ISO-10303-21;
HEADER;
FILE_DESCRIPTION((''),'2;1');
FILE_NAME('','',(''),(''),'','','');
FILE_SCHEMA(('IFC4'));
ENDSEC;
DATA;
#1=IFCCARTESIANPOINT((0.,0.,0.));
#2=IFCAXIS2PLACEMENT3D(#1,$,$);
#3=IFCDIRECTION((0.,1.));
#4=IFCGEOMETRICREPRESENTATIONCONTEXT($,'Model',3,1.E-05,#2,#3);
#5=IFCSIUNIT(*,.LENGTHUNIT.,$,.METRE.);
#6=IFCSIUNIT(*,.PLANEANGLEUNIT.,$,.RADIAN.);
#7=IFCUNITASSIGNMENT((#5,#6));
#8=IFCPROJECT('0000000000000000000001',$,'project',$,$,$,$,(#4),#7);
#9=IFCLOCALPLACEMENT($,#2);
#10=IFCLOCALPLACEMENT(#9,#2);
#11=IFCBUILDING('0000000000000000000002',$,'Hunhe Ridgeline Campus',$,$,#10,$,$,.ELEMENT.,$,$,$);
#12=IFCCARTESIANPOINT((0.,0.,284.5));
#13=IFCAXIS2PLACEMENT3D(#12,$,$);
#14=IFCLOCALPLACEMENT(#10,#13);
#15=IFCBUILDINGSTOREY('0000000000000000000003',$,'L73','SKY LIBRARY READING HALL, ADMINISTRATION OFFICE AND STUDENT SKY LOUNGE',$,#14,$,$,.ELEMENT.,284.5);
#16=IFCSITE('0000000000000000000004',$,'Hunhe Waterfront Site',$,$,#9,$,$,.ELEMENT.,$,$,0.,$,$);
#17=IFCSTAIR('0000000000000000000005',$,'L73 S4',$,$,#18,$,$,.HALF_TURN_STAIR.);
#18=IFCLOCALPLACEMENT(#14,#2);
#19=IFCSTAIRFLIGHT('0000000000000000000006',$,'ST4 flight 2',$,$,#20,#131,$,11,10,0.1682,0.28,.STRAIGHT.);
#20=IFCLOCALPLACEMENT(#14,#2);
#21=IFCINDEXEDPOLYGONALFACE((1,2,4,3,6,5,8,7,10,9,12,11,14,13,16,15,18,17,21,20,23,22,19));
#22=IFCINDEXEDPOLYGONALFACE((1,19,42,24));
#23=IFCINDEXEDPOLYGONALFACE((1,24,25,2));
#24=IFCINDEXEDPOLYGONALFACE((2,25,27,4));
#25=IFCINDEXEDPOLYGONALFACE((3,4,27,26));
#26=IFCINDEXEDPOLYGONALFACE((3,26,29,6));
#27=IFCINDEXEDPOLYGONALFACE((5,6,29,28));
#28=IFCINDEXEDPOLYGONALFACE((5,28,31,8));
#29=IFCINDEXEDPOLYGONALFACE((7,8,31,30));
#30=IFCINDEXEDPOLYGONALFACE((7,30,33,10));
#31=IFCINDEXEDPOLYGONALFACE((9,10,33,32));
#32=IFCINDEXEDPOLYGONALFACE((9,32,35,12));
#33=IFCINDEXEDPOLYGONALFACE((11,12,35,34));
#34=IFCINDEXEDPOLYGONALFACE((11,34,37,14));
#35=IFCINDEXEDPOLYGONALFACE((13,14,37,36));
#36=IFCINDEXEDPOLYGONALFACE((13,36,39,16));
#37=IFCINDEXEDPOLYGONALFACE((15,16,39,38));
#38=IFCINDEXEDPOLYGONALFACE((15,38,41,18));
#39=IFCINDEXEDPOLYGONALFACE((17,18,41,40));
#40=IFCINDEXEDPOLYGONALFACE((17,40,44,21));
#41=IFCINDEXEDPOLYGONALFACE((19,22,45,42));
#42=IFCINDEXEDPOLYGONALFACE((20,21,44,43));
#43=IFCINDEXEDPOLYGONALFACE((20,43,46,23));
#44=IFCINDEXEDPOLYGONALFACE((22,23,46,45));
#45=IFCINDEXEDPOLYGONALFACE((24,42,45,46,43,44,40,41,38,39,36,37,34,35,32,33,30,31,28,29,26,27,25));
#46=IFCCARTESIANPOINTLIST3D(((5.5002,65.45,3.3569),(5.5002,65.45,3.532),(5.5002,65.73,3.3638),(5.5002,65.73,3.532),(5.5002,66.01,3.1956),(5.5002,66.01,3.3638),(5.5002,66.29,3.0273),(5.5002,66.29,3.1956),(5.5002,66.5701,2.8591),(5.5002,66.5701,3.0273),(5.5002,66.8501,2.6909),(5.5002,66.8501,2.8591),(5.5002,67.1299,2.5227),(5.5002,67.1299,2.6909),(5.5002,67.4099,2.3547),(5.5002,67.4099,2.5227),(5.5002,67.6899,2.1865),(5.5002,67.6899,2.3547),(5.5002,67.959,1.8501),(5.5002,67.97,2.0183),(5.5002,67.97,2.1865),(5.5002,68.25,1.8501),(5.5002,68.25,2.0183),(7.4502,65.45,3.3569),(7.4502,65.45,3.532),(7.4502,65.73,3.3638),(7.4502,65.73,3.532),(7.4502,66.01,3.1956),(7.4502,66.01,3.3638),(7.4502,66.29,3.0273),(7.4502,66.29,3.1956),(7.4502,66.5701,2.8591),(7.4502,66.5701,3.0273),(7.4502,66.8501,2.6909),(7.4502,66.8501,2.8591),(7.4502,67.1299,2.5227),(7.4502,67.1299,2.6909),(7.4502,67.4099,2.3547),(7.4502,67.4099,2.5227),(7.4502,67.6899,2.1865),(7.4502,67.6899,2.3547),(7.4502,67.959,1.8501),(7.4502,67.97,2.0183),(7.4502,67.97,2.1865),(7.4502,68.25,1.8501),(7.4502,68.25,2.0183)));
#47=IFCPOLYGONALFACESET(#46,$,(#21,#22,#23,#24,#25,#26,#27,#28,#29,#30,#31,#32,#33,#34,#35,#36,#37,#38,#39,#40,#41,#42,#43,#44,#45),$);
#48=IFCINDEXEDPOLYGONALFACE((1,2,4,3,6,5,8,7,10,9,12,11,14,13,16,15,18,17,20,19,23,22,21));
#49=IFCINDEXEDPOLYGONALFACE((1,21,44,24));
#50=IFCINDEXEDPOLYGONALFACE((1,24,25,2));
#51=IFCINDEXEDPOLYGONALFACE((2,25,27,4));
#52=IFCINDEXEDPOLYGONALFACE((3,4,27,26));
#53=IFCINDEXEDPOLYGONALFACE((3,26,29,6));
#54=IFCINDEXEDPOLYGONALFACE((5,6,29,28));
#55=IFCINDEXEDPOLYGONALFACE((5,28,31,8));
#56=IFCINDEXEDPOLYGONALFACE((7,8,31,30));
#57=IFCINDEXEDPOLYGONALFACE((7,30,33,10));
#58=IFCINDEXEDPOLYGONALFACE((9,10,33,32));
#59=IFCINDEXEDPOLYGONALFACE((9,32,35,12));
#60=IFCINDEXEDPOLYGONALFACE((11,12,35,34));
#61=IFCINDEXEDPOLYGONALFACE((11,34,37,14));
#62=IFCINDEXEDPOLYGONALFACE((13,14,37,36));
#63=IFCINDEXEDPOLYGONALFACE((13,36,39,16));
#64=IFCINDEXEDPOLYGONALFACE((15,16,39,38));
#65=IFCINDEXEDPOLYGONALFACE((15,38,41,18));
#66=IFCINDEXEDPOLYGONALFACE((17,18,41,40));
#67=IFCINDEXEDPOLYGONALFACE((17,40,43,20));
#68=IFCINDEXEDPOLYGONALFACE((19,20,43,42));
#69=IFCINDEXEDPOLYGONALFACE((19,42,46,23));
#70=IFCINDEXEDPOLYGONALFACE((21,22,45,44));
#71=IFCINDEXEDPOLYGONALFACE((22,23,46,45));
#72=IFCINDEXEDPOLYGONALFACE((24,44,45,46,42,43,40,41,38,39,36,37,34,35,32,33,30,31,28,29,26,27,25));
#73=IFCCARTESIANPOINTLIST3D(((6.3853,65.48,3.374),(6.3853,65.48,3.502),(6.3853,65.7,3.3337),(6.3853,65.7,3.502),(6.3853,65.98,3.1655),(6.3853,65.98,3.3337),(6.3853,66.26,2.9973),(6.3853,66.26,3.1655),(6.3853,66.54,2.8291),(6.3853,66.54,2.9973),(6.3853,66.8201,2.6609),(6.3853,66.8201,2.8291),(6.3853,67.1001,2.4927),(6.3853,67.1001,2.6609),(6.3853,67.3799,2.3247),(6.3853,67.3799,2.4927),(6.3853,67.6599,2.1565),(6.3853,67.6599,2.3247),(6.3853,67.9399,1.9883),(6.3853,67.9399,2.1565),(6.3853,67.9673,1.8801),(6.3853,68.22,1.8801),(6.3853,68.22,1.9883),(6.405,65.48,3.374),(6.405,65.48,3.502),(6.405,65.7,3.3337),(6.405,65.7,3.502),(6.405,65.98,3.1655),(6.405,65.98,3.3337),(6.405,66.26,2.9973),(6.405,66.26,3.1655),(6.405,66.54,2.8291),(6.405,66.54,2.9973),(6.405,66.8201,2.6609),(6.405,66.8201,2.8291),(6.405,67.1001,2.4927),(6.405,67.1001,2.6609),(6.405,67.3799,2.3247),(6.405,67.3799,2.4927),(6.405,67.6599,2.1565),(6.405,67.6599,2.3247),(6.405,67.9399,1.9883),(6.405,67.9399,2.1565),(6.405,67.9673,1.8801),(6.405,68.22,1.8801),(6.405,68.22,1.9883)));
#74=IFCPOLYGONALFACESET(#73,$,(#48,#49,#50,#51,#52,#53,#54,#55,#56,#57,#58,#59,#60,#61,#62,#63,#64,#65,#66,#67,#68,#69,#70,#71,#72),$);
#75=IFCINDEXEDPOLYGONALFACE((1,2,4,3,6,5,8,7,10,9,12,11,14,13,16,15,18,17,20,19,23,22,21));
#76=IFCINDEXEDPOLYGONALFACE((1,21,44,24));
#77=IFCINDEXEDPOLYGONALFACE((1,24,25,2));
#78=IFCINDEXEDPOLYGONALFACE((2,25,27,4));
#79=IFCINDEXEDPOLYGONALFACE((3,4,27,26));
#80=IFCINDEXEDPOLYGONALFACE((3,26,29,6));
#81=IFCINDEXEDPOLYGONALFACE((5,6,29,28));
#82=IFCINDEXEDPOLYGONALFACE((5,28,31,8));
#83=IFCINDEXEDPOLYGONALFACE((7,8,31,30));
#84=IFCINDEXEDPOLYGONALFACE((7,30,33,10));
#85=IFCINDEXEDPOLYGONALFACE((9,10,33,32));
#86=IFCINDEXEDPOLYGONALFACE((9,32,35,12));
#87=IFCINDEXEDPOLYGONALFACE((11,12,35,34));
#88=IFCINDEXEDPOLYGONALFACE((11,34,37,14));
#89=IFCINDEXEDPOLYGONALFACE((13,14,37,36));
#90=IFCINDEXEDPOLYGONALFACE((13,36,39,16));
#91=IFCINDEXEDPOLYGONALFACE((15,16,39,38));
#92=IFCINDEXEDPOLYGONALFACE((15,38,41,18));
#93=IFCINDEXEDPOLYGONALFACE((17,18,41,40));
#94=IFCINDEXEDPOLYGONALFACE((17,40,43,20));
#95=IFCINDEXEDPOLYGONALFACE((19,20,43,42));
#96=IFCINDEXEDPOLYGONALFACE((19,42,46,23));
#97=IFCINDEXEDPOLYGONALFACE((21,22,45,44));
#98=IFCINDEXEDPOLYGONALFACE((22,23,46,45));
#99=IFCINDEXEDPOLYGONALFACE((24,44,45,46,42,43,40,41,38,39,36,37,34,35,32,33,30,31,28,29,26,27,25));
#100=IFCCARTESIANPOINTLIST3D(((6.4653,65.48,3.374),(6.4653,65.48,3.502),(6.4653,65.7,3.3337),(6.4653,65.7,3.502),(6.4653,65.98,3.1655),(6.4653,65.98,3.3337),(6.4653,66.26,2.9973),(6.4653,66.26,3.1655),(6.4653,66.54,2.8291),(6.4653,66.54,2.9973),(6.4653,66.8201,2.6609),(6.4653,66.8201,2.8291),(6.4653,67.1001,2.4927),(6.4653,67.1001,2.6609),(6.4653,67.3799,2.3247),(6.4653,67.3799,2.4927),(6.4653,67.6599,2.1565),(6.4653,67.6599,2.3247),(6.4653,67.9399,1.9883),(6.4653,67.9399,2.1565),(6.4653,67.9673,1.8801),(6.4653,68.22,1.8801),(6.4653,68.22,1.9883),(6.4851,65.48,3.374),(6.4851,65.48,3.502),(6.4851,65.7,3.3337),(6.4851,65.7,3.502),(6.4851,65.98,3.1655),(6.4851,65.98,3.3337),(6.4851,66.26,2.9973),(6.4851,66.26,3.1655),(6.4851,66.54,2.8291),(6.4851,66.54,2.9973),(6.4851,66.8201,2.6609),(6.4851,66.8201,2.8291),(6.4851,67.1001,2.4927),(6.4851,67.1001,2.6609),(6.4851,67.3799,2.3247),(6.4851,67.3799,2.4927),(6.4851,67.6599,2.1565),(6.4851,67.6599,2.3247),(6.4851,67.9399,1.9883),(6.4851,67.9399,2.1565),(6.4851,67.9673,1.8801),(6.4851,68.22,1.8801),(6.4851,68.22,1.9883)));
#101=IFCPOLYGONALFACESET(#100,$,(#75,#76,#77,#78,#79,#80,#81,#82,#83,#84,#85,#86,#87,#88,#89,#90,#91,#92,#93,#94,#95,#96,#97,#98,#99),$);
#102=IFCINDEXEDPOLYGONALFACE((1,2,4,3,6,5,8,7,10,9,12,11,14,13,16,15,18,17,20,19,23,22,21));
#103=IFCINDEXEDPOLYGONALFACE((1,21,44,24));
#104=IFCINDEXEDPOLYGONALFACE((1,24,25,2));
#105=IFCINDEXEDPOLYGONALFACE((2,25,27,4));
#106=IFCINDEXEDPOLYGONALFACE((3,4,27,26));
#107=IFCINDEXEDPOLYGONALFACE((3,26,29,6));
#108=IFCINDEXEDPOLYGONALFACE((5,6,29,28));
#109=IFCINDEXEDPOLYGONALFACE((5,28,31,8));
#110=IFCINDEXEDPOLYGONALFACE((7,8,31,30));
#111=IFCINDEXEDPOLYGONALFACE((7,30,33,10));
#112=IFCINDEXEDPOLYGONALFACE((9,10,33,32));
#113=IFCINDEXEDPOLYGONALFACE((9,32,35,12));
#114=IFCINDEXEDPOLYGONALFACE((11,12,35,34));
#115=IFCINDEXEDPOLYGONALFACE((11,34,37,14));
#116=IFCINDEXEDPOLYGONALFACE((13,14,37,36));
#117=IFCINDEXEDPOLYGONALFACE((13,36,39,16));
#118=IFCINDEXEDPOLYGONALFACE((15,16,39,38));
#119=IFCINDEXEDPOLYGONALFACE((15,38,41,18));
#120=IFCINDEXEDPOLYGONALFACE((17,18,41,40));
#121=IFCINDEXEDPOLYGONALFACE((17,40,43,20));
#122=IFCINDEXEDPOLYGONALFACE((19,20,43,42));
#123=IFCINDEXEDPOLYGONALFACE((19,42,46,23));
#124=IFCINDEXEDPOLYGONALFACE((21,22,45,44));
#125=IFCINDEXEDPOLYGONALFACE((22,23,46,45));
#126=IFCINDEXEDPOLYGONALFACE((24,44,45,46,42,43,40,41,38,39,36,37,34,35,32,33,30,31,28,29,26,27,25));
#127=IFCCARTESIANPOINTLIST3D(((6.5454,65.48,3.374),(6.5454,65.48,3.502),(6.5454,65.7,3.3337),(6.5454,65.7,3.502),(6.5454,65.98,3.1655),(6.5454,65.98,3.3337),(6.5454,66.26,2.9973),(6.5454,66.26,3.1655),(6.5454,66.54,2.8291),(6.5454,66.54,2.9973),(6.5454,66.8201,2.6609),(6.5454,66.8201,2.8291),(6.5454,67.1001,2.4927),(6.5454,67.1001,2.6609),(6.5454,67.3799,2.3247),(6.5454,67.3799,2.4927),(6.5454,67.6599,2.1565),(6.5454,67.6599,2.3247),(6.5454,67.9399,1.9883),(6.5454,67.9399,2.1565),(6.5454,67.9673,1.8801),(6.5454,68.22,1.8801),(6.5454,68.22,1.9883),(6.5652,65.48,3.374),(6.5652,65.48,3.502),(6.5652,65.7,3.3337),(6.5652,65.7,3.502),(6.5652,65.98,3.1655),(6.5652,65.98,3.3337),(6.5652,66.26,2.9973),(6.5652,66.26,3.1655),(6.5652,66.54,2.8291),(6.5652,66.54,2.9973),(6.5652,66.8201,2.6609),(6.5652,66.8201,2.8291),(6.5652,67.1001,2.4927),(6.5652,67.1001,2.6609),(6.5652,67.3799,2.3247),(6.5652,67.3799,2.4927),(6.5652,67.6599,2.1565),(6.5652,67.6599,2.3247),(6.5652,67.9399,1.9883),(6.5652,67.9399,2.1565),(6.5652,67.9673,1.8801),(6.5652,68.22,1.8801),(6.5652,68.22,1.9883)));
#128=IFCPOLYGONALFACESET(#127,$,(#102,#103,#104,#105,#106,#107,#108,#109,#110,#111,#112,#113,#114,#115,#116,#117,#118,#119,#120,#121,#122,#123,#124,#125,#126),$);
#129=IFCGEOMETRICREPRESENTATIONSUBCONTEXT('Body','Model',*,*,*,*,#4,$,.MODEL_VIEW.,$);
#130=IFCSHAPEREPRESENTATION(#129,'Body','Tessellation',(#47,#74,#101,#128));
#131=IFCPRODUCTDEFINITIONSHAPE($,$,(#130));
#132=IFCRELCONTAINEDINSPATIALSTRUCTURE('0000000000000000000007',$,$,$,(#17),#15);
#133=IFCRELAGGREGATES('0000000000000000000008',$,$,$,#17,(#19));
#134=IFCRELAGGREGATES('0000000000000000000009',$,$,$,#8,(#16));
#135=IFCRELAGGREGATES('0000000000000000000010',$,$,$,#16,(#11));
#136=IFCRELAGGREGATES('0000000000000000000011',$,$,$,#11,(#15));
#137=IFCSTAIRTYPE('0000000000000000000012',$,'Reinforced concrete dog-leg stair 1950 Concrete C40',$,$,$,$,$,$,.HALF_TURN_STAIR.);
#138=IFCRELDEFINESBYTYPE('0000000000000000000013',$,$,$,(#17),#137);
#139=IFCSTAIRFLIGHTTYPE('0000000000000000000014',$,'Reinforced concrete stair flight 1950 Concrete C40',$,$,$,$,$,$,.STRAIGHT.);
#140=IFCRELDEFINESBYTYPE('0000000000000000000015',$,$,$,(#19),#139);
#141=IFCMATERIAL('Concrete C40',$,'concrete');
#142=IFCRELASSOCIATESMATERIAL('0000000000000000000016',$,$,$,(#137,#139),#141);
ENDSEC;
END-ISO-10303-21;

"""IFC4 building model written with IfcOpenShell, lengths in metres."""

from ifc_helpers import new_model, si_unit, direction, frame, origin, place, context, subcontext, project, spatial, polyline, outline, extrude, material, type_object, element, aggregate, save


model = new_model("IFC4")

# Units and contexts
model_context = context("Model", 3, precision=1e-05, world=origin(), true_north=direction((0.0, 1.0)))
body_context = subcontext(model_context, "Body", "Model", "MODEL_VIEW")
ifc_project = project(units=[si_unit("LENGTHUNIT", "METRE"), si_unit("PLANEANGLEUNIT", "RADIAN")], contexts=[model_context])

# Site, building, storey
site_placement = place(None, origin())
site = spatial("IfcSite", under=ifc_project, at=site_placement, Name="Hunhe Waterfront Site", CompositionType="ELEMENT", RefElevation=0.0)
building_placement = place(site_placement, origin())
building = spatial("IfcBuilding", under=site, at=building_placement, Name="Hunhe Ridgeline Campus", CompositionType="ELEMENT")
storey_placement = place(building_placement, frame((0.0, 0.0, 284.5)))
storey = spatial("IfcBuildingStorey", under=building, at=storey_placement, Name="L73", Description="SKY LIBRARY READING HALL, ADMINISTRATION OFFICE AND STUDENT SKY LOUNGE", CompositionType="ELEMENT", Elevation=284.5)

# Stair, stair flight
ifc_material_1 = material(Name="Concrete C40", Category="concrete")
stair_type = type_object("IfcStairType", Name="Reinforced concrete dog-leg stair 1950 Concrete C40", PredefinedType="HALF_TURN_STAIR", material=ifc_material_1)
stair_flight_type = type_object("IfcStairFlightType", Name="Reinforced concrete stair flight 1950 Concrete C40", PredefinedType="STRAIGHT", material=ifc_material_1)
stair_1_placement = place(storey_placement, origin())
stair_1 = element("IfcStair", 1, at=stair_1_placement, inside=storey, type_object=stair_type, Name="L73 S4", PredefinedType="HALF_TURN_STAIR")
stair_flight_1_placement = place(storey_placement, frame((6.4751, 68.25, 1.8501), z_axis=(0.0, 0.0, 1.0), x_axis=(0.0, -1.0, 0.0)))
stair_flight_1 = element("IfcStairFlight", 2, at=stair_flight_1_placement, type_object=stair_flight_type, Name="ST4 flight 2", NumberOfRisers=11, NumberOfTreads=10, PredefinedType="STRAIGHT", RiserHeight=0.1682, TreadLength=0.28, context=body_context, shape_type="SweptSolid", body=[
    extrude(outline(polyline([(0.0, 0.0), (0.0, 0.1682), (0.28, 0.1682), (0.28, 0.3364), (0.5601, 0.3364), (0.5601, 0.5046), (0.8401, 0.5046), (0.8401, 0.6726), (1.1201, 0.6726), (1.1201, 0.8408), (1.3999, 0.8408), (1.3999, 1.009), (1.6799, 1.009), (1.6799, 1.1772), (1.96, 1.1772), (1.96, 1.3455), (2.24, 1.3455), (2.24, 1.5137), (2.52, 1.5137), (2.52, 1.6819), (2.8, 1.6819), (2.8, 1.8501), (2.8, 1.5068), (0.291, 0.0), (0.0, 0.0)])), frame((0.0, 0.9751, 0.0), z_axis=(0.0, -1.0, 0.0), x_axis=(1.0, 0.0, 0.0)), (0.0, 0.0, 1.0), 1.95),
    extrude(outline(polyline([(0.03, 0.03), (0.03, 0.1382), (0.3101, 0.1382), (0.3101, 0.3064), (0.5901, 0.3064), (0.5901, 0.4746), (0.8701, 0.4746), (0.8701, 0.6426), (1.1499, 0.6426), (1.1499, 0.8108), (1.4299, 0.8108), (1.4299, 0.979), (1.71, 0.979), (1.71, 1.1472), (1.99, 1.1472), (1.99, 1.3154), (2.27, 1.3154), (2.27, 1.4836), (2.55, 1.4836), (2.55, 1.6519), (2.77, 1.6519), (2.77, 1.5239), (0.2827, 0.03), (0.03, 0.03)])), frame((0.0, -0.0701, 0.0), z_axis=(0.0, -1.0, 0.0), x_axis=(1.0, 0.0, 0.0)), (0.0, 0.0, 1.0), 0.0198),
    extrude(outline(polyline([(0.03, 0.03), (0.03, 0.1382), (0.3101, 0.1382), (0.3101, 0.3064), (0.5901, 0.3064), (0.5901, 0.4746), (0.8701, 0.4746), (0.8701, 0.6426), (1.1499, 0.6426), (1.1499, 0.8108), (1.4299, 0.8108), (1.4299, 0.979), (1.71, 0.979), (1.71, 1.1472), (1.99, 1.1472), (1.99, 1.3154), (2.27, 1.3154), (2.27, 1.4836), (2.55, 1.4836), (2.55, 1.6519), (2.77, 1.6519), (2.77, 1.5239), (0.2827, 0.03), (0.03, 0.03)])), frame((0.0, 0.01, 0.0), z_axis=(0.0, -1.0, 0.0), x_axis=(1.0, 0.0, 0.0)), (0.0, 0.0, 1.0), 0.0198),
    extrude(outline(polyline([(0.03, 0.03), (0.03, 0.1382), (0.3101, 0.1382), (0.3101, 0.3064), (0.5901, 0.3064), (0.5901, 0.4746), (0.8701, 0.4746), (0.8701, 0.6426), (1.1499, 0.6426), (1.1499, 0.8108), (1.4299, 0.8108), (1.4299, 0.979), (1.71, 0.979), (1.71, 1.1472), (1.99, 1.1472), (1.99, 1.3154), (2.27, 1.3154), (2.27, 1.4836), (2.55, 1.4836), (2.55, 1.6519), (2.77, 1.6519), (2.77, 1.5239), (0.2827, 0.03), (0.03, 0.03)])), frame((0.0, 0.0901, 0.0), z_axis=(0.0, -1.0, 0.0), x_axis=(1.0, 0.0, 0.0)), (0.0, 0.0, 1.0), 0.0198),
])
aggregate(stair_1, [stair_flight_1])

save(model, "model.ifc")
